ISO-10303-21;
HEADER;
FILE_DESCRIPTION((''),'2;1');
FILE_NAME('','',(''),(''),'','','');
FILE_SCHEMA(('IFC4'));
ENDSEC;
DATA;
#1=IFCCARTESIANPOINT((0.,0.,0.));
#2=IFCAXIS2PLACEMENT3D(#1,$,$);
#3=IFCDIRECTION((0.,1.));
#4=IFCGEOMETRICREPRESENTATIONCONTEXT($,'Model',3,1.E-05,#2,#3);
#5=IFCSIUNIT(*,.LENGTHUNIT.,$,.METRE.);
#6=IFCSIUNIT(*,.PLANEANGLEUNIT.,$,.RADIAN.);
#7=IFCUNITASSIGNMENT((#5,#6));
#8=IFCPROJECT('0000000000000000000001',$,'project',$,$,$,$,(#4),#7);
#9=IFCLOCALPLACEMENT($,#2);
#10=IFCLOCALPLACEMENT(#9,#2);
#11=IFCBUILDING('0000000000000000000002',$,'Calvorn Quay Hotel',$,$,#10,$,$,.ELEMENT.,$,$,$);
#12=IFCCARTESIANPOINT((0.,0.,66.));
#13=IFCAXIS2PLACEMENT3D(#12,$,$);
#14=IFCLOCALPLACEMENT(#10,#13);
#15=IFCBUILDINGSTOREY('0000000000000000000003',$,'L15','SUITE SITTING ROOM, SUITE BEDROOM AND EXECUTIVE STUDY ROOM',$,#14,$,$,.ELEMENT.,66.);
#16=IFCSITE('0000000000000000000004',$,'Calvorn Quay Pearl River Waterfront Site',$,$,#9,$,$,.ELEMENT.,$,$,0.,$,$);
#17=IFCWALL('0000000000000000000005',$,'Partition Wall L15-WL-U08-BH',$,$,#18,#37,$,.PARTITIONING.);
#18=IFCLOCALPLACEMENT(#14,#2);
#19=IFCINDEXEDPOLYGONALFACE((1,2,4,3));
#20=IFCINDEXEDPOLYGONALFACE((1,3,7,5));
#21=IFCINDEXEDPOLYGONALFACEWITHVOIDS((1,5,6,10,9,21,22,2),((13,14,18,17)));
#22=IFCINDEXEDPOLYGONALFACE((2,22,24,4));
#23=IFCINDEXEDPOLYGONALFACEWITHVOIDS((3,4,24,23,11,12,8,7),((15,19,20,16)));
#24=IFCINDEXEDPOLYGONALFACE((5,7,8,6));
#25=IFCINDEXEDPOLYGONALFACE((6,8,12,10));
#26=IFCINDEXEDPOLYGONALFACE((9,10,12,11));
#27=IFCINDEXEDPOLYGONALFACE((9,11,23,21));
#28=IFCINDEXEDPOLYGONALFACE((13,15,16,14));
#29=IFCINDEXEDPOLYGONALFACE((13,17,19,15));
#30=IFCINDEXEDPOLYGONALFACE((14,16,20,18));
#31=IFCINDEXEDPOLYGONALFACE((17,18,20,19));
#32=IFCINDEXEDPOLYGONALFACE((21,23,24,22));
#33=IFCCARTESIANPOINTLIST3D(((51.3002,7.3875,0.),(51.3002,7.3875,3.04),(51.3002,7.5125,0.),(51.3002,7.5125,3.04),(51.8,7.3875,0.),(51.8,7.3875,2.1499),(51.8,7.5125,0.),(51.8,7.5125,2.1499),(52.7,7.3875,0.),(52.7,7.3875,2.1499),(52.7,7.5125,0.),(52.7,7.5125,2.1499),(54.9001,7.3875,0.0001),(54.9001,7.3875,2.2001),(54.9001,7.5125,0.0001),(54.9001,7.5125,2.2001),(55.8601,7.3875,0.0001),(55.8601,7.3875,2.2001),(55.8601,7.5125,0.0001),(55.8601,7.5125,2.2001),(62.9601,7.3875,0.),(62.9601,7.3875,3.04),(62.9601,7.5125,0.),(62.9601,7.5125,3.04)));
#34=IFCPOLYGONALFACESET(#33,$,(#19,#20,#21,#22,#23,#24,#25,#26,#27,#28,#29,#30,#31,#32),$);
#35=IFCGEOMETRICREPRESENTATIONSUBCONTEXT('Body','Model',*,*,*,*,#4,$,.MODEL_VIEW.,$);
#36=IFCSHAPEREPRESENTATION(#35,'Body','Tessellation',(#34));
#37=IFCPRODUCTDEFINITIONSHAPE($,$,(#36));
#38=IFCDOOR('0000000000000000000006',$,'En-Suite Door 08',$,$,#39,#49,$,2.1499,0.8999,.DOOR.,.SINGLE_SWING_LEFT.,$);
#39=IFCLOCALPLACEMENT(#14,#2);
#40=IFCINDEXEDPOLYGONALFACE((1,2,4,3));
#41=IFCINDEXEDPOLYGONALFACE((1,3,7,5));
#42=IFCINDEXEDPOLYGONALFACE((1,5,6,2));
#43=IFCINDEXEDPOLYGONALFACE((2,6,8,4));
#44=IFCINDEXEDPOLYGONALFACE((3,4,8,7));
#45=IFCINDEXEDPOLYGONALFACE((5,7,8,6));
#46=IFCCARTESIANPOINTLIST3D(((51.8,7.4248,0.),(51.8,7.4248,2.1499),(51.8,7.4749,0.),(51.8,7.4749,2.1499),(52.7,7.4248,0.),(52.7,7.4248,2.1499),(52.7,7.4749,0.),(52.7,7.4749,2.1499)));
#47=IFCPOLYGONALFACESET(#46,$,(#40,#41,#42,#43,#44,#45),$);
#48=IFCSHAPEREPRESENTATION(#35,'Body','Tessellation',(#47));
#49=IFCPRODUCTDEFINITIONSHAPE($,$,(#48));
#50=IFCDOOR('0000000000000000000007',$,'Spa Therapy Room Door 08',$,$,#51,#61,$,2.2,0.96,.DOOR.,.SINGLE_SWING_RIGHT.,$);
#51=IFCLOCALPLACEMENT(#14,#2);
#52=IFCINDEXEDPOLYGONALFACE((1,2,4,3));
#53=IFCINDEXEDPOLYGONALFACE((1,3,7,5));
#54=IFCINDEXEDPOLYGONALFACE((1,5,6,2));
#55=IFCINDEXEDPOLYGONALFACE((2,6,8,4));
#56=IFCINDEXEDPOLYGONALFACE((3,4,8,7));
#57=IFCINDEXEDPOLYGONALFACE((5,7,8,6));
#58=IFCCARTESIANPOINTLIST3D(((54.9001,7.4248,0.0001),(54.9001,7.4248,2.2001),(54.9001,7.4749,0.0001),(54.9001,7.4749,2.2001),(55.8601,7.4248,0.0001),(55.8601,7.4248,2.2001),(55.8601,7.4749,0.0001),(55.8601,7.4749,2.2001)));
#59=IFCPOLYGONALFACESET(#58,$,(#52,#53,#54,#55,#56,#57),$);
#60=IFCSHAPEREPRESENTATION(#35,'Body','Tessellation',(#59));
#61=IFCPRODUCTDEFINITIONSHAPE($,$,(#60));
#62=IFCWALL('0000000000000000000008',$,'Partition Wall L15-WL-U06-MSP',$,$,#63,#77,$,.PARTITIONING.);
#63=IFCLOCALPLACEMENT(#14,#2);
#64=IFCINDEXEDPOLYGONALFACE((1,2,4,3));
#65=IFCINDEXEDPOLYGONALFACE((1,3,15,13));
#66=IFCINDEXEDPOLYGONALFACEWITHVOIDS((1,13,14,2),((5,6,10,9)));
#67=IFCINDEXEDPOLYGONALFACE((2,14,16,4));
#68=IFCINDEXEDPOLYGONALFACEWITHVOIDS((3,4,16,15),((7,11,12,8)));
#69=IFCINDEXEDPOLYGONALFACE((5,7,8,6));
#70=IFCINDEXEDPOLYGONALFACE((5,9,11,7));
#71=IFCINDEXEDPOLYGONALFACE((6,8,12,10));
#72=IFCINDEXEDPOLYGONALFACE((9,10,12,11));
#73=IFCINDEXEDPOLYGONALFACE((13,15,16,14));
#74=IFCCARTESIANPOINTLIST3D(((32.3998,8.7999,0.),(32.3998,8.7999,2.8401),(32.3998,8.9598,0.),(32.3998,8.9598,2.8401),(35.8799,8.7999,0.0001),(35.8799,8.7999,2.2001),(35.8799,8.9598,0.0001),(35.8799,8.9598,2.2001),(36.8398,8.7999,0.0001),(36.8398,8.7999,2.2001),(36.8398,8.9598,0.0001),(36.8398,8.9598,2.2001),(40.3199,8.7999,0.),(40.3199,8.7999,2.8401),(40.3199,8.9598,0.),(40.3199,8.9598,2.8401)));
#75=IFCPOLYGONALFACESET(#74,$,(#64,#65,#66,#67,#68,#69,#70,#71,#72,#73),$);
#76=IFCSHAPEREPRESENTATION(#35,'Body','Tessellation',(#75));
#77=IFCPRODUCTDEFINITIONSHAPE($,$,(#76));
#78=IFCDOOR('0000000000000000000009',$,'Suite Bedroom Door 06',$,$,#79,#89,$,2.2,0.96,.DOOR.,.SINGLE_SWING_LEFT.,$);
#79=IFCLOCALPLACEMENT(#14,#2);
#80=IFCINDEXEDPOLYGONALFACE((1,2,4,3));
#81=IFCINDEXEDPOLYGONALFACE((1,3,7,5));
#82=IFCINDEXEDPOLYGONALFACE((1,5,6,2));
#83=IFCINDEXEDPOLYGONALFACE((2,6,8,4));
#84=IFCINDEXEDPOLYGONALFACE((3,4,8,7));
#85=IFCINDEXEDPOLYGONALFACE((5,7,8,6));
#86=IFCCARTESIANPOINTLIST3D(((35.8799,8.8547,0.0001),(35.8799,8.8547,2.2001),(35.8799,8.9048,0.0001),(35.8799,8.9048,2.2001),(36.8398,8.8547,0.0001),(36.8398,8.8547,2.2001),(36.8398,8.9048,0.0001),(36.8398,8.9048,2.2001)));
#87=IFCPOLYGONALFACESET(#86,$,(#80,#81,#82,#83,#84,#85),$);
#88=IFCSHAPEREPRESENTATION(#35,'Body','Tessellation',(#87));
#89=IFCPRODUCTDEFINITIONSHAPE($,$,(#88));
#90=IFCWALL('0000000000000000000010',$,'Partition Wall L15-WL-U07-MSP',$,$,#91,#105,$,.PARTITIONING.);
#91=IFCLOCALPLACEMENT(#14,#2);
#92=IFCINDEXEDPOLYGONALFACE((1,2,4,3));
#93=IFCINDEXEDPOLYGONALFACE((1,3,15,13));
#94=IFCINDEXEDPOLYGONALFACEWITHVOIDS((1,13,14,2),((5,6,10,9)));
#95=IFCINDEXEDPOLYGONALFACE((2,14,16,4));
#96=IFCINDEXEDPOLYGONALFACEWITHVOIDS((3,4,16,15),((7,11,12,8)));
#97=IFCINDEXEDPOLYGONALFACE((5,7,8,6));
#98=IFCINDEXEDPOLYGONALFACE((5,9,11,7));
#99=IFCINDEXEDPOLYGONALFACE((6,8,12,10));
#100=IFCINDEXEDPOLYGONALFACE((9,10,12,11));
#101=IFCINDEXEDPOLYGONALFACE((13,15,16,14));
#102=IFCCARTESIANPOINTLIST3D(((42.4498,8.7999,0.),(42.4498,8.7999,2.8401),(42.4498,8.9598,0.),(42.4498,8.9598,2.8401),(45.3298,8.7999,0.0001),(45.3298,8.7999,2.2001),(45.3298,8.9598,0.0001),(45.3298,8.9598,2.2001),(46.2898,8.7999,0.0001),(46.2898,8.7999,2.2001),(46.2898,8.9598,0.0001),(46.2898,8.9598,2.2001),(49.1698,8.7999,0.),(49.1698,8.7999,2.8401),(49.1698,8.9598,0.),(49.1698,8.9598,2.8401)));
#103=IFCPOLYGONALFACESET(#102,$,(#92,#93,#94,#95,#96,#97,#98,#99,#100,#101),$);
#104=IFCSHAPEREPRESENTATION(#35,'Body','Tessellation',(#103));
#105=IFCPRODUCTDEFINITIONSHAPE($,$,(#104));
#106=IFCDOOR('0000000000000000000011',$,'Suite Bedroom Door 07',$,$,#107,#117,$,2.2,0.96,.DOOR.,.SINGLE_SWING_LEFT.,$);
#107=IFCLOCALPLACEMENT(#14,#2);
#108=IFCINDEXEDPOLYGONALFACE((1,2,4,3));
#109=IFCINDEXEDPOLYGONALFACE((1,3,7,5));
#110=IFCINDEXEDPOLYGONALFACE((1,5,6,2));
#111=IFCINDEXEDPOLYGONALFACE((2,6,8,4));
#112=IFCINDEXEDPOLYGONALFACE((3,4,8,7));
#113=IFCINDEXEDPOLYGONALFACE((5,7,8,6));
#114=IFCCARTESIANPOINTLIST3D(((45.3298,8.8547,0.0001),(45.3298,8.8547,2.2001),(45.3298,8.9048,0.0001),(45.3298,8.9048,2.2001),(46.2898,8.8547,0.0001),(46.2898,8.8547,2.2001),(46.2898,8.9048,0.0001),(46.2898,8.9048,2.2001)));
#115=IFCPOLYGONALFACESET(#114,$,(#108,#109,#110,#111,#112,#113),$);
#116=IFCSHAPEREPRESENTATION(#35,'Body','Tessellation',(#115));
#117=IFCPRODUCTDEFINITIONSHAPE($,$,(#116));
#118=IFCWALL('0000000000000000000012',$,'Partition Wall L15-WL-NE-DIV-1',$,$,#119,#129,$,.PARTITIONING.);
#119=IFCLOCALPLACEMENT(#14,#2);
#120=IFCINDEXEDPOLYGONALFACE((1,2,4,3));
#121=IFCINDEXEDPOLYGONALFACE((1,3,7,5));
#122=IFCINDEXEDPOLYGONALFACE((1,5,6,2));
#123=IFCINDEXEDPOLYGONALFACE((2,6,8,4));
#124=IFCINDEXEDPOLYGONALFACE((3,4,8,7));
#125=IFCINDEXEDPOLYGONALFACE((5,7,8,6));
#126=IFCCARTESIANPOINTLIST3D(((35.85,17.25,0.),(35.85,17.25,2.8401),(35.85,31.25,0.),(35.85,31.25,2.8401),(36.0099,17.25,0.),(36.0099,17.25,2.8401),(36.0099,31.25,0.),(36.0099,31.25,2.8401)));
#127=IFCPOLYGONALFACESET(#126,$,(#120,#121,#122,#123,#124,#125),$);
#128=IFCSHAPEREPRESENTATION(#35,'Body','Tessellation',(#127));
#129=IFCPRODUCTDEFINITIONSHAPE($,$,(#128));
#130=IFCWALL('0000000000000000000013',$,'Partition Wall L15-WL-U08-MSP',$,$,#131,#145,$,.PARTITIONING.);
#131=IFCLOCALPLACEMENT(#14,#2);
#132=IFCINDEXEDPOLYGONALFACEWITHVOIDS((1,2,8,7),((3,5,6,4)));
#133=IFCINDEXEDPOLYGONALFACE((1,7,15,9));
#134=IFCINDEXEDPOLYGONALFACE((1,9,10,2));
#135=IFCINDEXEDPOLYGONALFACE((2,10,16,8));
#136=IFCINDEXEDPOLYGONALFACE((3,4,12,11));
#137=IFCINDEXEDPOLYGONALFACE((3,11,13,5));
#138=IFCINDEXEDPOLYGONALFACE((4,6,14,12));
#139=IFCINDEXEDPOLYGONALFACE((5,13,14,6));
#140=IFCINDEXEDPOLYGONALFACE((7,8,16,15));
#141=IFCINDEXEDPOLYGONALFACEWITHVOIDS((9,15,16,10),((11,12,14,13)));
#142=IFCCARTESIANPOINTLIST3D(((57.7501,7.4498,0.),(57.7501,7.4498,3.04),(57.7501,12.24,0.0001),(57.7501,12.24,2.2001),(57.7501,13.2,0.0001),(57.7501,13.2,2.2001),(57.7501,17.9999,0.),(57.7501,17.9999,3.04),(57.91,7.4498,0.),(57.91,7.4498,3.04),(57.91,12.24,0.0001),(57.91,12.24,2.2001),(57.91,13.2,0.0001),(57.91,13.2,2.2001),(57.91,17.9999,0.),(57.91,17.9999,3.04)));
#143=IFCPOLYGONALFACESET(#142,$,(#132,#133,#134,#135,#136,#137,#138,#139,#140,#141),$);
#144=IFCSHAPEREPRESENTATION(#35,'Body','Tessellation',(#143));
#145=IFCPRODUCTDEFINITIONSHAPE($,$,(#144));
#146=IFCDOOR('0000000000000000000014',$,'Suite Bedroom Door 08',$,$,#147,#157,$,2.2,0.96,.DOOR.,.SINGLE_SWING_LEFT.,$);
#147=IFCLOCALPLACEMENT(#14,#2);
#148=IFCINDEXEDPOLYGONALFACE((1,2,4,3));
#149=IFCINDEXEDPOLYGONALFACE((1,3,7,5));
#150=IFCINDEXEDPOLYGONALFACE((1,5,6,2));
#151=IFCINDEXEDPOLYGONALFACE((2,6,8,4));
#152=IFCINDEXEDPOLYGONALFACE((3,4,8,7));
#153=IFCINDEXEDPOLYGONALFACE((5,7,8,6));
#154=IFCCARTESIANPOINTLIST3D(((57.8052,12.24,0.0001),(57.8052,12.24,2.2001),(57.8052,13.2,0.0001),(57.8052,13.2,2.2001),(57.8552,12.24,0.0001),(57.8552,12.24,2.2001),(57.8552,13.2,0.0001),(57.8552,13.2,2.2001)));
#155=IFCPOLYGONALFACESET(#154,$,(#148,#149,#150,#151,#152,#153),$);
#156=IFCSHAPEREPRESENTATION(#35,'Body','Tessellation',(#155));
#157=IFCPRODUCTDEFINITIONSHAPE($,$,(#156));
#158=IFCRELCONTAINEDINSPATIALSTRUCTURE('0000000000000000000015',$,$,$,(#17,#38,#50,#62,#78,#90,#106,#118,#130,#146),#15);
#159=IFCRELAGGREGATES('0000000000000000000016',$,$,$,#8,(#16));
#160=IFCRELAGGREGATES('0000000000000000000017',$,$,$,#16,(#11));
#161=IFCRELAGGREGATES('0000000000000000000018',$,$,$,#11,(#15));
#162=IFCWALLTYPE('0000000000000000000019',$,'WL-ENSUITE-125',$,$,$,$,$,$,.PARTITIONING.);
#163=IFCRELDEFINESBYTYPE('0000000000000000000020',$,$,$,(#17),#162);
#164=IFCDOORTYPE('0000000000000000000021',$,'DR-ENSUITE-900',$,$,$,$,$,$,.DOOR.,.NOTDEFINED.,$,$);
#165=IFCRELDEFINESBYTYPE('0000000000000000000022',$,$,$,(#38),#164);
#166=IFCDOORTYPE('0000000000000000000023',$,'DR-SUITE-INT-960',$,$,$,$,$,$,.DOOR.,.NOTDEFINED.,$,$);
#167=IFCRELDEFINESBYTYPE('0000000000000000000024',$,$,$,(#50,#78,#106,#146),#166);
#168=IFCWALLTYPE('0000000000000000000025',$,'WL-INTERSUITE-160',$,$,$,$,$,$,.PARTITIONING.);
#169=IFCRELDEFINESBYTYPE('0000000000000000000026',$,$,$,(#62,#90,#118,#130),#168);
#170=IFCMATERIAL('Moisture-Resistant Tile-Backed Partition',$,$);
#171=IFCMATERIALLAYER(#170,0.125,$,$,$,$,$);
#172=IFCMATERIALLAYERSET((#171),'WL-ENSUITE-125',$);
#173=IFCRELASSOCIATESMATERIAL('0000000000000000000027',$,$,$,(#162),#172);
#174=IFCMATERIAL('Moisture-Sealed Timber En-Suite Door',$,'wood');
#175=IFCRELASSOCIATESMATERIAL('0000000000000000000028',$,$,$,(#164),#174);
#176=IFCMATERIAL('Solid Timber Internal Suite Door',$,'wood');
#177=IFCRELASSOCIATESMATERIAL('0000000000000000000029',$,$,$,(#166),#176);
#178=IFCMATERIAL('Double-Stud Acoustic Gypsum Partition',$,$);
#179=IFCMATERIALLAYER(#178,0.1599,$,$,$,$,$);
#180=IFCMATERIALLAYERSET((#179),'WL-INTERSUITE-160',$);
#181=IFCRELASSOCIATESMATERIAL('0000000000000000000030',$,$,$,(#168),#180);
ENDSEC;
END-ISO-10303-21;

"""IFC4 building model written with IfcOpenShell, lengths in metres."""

from ifc_helpers import new_model, si_unit, direction, frame, frame_2d, origin, place, context, subcontext, project, spatial, rectangle, extrude, material, layer, layer_set, type_object, element, fill, save


model = new_model("IFC4")

# Units and contexts
model_context = context("Model", 3, precision=1e-05, world=origin(), true_north=direction((0.0, 1.0)))
body_context = subcontext(model_context, "Body", "Model", "MODEL_VIEW")
ifc_project = project(units=[si_unit("LENGTHUNIT", "METRE"), si_unit("PLANEANGLEUNIT", "RADIAN")], contexts=[model_context])

# Site, building, storey
site_placement = place(None, origin())
site = spatial("IfcSite", under=ifc_project, at=site_placement, Name="Calvorn Quay Pearl River Waterfront Site", CompositionType="ELEMENT", RefElevation=0.0)
building_placement = place(site_placement, origin())
building = spatial("IfcBuilding", under=site, at=building_placement, Name="Calvorn Quay Hotel", CompositionType="ELEMENT")
storey_placement = place(building_placement, frame((0.0, 0.0, 66.0)))
storey = spatial("IfcBuildingStorey", under=building, at=storey_placement, Name="L15", Description="SUITE SITTING ROOM, SUITE BEDROOM AND EXECUTIVE STUDY ROOM", CompositionType="ELEMENT", Elevation=66.0)

# Shared definitions
ifc_material_1 = material(Name="Moisture-Resistant Tile-Backed Partition")
ifc_layer_1 = layer(ifc_material_1, 0.125)
ifc_layer_set_1 = layer_set([ifc_layer_1], Name="WL-ENSUITE-125")
wall_type_1 = type_object("IfcWallType", Name="WL-ENSUITE-125", PredefinedType="PARTITIONING", material=ifc_layer_set_1)

# Wall, openings, doors
wall_1_placement = place(storey_placement, frame((51.3, 7.45, 0.0), z_axis=(0.0, 0.0, 1.0), x_axis=(1.0, 0.0, 0.0)))
wall_1 = element("IfcWall", 1, at=wall_1_placement, inside=storey, type_object=wall_type_1, Name="Partition Wall L15-WL-U08-BH", PredefinedType="PARTITIONING", context=body_context, shape_type="SweptSolid", body=[
    extrude(rectangle(XDim=11.6599, YDim=0.125, at=frame_2d((5.8301, 0.0))), origin(), (0.0, 0.0, 1.0), 3.04),
])
opening_1_placement = place(wall_1_placement, frame((0.5, 0.0, 0.0)))
opening_1 = element("IfcOpeningElement", 2, at=opening_1_placement, cuts=wall_1, PredefinedType="OPENING", context=body_context, shape_type="SweptSolid", body=[
    extrude(rectangle(XDim=0.8999, YDim=2.1499, at=frame_2d((0.45, 1.075))), frame((0.0, 0.0725, 0.0), z_axis=(0.0, -1.0, 0.0), x_axis=(1.0, 0.0, 0.0)), (0.0, 0.0, 1.0), 0.145),
])
opening_2_placement = place(wall_1_placement, frame((3.6001, 0.0, 0.0)))
opening_2 = element("IfcOpeningElement", 3, at=opening_2_placement, cuts=wall_1, PredefinedType="OPENING", context=body_context, shape_type="SweptSolid", body=[
    extrude(rectangle(XDim=0.96, YDim=2.2, at=frame_2d((0.48, 1.1001))), frame((0.0, 0.0725, 0.0), z_axis=(0.0, -1.0, 0.0), x_axis=(1.0, 0.0, 0.0)), (0.0, 0.0, 1.0), 0.145),
])
ifc_material_2 = material(Name="Moisture-Sealed Timber En-Suite Door", Category="wood")
door_type_1 = type_object("IfcDoorType", Name="DR-ENSUITE-900", OperationType="NOTDEFINED", PredefinedType="DOOR", material=ifc_material_2)
door_1_placement = place(opening_1_placement, origin())
door_1 = element("IfcDoor", 4, at=door_1_placement, inside=storey, type_object=door_type_1, Name="En-Suite Door 08", OperationType="SINGLE_SWING_LEFT", OverallHeight=2.1499, OverallWidth=0.8999, PredefinedType="DOOR", context=body_context, shape_type="SweptSolid", body=[
    extrude(rectangle(XDim=0.8999, YDim=2.1499, at=frame_2d((0.45, 1.075))), frame((0.0, 0.0249, 0.0), z_axis=(0.0, -1.0, 0.0), x_axis=(1.0, 0.0, 0.0)), (0.0, 0.0, 1.0), 0.05),
])
fill(opening_1, door_1)
ifc_material_3 = material(Name="Solid Timber Internal Suite Door", Category="wood")
door_type_2 = type_object("IfcDoorType", Name="DR-SUITE-INT-960", OperationType="NOTDEFINED", PredefinedType="DOOR", material=ifc_material_3)
door_2_placement = place(opening_2_placement, origin())
door_2 = element("IfcDoor", 5, at=door_2_placement, inside=storey, type_object=door_type_2, Name="Spa Therapy Room Door 08", OperationType="SINGLE_SWING_RIGHT", OverallHeight=2.2, OverallWidth=0.96, PredefinedType="DOOR", context=body_context, shape_type="SweptSolid", body=[
    extrude(rectangle(XDim=0.96, YDim=2.2, at=frame_2d((0.48, 1.1001))), frame((0.0, 0.0249, 0.0), z_axis=(0.0, -1.0, 0.0), x_axis=(1.0, 0.0, 0.0)), (0.0, 0.0, 1.0), 0.05),
])
fill(opening_2, door_2)

# Walls, openings, doors
ifc_material_4 = material(Name="Double-Stud Acoustic Gypsum Partition")
ifc_layer_2 = layer(ifc_material_4, 0.1599)
ifc_layer_set_2 = layer_set([ifc_layer_2], Name="WL-INTERSUITE-160")
wall_type_2 = type_object("IfcWallType", Name="WL-INTERSUITE-160", PredefinedType="PARTITIONING", material=ifc_layer_set_2)
wall_2_placement = place(storey_placement, frame((32.3999, 8.8799, 0.0), z_axis=(0.0, 0.0, 1.0), x_axis=(1.0, 0.0, 0.0)))
wall_2 = element("IfcWall", 6, at=wall_2_placement, inside=storey, type_object=wall_type_2, Name="Partition Wall L15-WL-U06-MSP", PredefinedType="PARTITIONING", context=body_context, shape_type="SweptSolid", body=[
    extrude(rectangle(XDim=7.9202, YDim=0.1599, at=frame_2d((3.96, 0.0))), origin(), (0.0, 0.0, 1.0), 2.8401),
])
opening_3_placement = place(wall_2_placement, frame((3.48, 0.0, 0.0)))
opening_3 = element("IfcOpeningElement", 7, at=opening_3_placement, cuts=wall_2, PredefinedType="OPENING", context=body_context, shape_type="SweptSolid", body=[
    extrude(rectangle(XDim=0.96, YDim=2.2, at=frame_2d((0.48, 1.1001))), frame((0.0, 0.0898, 0.0), z_axis=(0.0, -1.0, 0.0), x_axis=(1.0, 0.0, 0.0)), (0.0, 0.0, 1.0), 0.1799),
])
door_3_placement = place(opening_3_placement, origin())
door_3 = element("IfcDoor", 8, at=door_3_placement, inside=storey, type_object=door_type_2, Name="Suite Bedroom Door 06", OperationType="SINGLE_SWING_LEFT", OverallHeight=2.2, OverallWidth=0.96, PredefinedType="DOOR", context=body_context, shape_type="SweptSolid", body=[
    extrude(rectangle(XDim=0.96, YDim=2.2, at=frame_2d((0.48, 1.1001))), frame((0.0, 0.0249, 0.0), z_axis=(0.0, -1.0, 0.0), x_axis=(1.0, 0.0, 0.0)), (0.0, 0.0, 1.0), 0.05),
])
fill(opening_3, door_3)
wall_3_placement = place(storey_placement, frame((42.45, 8.8799, 0.0), z_axis=(0.0, 0.0, 1.0), x_axis=(1.0, 0.0, 0.0)))
wall_3 = element("IfcWall", 9, at=wall_3_placement, inside=storey, type_object=wall_type_2, Name="Partition Wall L15-WL-U07-MSP", PredefinedType="PARTITIONING", context=body_context, shape_type="SweptSolid", body=[
    extrude(rectangle(XDim=6.72, YDim=0.1599, at=frame_2d((3.3599, 0.0))), origin(), (0.0, 0.0, 1.0), 2.8401),
])
opening_4_placement = place(wall_3_placement, frame((2.8799, 0.0, 0.0)))
opening_4 = element("IfcOpeningElement", 10, at=opening_4_placement, cuts=wall_3, PredefinedType="OPENING", context=body_context, shape_type="SweptSolid", body=[
    extrude(rectangle(XDim=0.96, YDim=2.2, at=frame_2d((0.48, 1.1001))), frame((0.0, 0.0898, 0.0), z_axis=(0.0, -1.0, 0.0), x_axis=(1.0, 0.0, 0.0)), (0.0, 0.0, 1.0), 0.1799),
])
door_4_placement = place(opening_4_placement, origin())
door_4 = element("IfcDoor", 11, at=door_4_placement, inside=storey, type_object=door_type_2, Name="Suite Bedroom Door 07", OperationType="SINGLE_SWING_LEFT", OverallHeight=2.2, OverallWidth=0.96, PredefinedType="DOOR", context=body_context, shape_type="SweptSolid", body=[
    extrude(rectangle(XDim=0.96, YDim=2.2, at=frame_2d((0.48, 1.1001))), frame((0.0, 0.0249, 0.0), z_axis=(0.0, -1.0, 0.0), x_axis=(1.0, 0.0, 0.0)), (0.0, 0.0, 1.0), 0.05),
])
fill(opening_4, door_4)

# Wall
wall_4_placement = place(storey_placement, frame((35.9299, 17.25, 0.0), z_axis=(0.0, 0.0, 1.0), x_axis=(0.0, 1.0, 0.0)))
element("IfcWall", 12, at=wall_4_placement, inside=storey, type_object=wall_type_2, Name="Partition Wall L15-WL-NE-DIV-1", PredefinedType="PARTITIONING", context=body_context, shape_type="SweptSolid", body=[
    extrude(rectangle(XDim=14.0, YDim=0.1599, at=frame_2d((7.0, 0.0))), origin(), (0.0, 0.0, 1.0), 2.8401),
])

# Wall, opening, door
wall_5_placement = place(storey_placement, frame((57.8301, 7.45, 0.0), z_axis=(0.0, 0.0, 1.0), x_axis=(0.0, 1.0, 0.0)))
wall_5 = element("IfcWall", 13, at=wall_5_placement, inside=storey, type_object=wall_type_2, Name="Partition Wall L15-WL-U08-MSP", PredefinedType="PARTITIONING", context=body_context, shape_type="SweptSolid", body=[
    extrude(rectangle(XDim=10.55, YDim=0.1599, at=frame_2d((5.2749, 0.0))), origin(), (0.0, 0.0, 1.0), 3.04),
])
opening_5_placement = place(wall_5_placement, frame((4.79, 0.0, 0.0)))
opening_5 = element("IfcOpeningElement", 14, at=opening_5_placement, cuts=wall_5, PredefinedType="OPENING", context=body_context, shape_type="SweptSolid", body=[
    extrude(rectangle(XDim=0.96, YDim=2.2, at=frame_2d((0.48, 1.1001))), frame((0.0, 0.0898, 0.0), z_axis=(0.0, -1.0, 0.0), x_axis=(1.0, 0.0, 0.0)), (0.0, 0.0, 1.0), 0.1799),
])
door_5_placement = place(opening_5_placement, origin())
door_5 = element("IfcDoor", 15, at=door_5_placement, inside=storey, type_object=door_type_2, Name="Suite Bedroom Door 08", OperationType="SINGLE_SWING_LEFT", OverallHeight=2.2, OverallWidth=0.96, PredefinedType="DOOR", context=body_context, shape_type="SweptSolid", body=[
    extrude(rectangle(XDim=0.96, YDim=2.2, at=frame_2d((0.48, 1.1001))), frame((0.0, 0.0249, 0.0), z_axis=(0.0, -1.0, 0.0), x_axis=(1.0, 0.0, 0.0)), (0.0, 0.0, 1.0), 0.05),
])
fill(opening_5, door_5)

save(model, "model.ifc")
